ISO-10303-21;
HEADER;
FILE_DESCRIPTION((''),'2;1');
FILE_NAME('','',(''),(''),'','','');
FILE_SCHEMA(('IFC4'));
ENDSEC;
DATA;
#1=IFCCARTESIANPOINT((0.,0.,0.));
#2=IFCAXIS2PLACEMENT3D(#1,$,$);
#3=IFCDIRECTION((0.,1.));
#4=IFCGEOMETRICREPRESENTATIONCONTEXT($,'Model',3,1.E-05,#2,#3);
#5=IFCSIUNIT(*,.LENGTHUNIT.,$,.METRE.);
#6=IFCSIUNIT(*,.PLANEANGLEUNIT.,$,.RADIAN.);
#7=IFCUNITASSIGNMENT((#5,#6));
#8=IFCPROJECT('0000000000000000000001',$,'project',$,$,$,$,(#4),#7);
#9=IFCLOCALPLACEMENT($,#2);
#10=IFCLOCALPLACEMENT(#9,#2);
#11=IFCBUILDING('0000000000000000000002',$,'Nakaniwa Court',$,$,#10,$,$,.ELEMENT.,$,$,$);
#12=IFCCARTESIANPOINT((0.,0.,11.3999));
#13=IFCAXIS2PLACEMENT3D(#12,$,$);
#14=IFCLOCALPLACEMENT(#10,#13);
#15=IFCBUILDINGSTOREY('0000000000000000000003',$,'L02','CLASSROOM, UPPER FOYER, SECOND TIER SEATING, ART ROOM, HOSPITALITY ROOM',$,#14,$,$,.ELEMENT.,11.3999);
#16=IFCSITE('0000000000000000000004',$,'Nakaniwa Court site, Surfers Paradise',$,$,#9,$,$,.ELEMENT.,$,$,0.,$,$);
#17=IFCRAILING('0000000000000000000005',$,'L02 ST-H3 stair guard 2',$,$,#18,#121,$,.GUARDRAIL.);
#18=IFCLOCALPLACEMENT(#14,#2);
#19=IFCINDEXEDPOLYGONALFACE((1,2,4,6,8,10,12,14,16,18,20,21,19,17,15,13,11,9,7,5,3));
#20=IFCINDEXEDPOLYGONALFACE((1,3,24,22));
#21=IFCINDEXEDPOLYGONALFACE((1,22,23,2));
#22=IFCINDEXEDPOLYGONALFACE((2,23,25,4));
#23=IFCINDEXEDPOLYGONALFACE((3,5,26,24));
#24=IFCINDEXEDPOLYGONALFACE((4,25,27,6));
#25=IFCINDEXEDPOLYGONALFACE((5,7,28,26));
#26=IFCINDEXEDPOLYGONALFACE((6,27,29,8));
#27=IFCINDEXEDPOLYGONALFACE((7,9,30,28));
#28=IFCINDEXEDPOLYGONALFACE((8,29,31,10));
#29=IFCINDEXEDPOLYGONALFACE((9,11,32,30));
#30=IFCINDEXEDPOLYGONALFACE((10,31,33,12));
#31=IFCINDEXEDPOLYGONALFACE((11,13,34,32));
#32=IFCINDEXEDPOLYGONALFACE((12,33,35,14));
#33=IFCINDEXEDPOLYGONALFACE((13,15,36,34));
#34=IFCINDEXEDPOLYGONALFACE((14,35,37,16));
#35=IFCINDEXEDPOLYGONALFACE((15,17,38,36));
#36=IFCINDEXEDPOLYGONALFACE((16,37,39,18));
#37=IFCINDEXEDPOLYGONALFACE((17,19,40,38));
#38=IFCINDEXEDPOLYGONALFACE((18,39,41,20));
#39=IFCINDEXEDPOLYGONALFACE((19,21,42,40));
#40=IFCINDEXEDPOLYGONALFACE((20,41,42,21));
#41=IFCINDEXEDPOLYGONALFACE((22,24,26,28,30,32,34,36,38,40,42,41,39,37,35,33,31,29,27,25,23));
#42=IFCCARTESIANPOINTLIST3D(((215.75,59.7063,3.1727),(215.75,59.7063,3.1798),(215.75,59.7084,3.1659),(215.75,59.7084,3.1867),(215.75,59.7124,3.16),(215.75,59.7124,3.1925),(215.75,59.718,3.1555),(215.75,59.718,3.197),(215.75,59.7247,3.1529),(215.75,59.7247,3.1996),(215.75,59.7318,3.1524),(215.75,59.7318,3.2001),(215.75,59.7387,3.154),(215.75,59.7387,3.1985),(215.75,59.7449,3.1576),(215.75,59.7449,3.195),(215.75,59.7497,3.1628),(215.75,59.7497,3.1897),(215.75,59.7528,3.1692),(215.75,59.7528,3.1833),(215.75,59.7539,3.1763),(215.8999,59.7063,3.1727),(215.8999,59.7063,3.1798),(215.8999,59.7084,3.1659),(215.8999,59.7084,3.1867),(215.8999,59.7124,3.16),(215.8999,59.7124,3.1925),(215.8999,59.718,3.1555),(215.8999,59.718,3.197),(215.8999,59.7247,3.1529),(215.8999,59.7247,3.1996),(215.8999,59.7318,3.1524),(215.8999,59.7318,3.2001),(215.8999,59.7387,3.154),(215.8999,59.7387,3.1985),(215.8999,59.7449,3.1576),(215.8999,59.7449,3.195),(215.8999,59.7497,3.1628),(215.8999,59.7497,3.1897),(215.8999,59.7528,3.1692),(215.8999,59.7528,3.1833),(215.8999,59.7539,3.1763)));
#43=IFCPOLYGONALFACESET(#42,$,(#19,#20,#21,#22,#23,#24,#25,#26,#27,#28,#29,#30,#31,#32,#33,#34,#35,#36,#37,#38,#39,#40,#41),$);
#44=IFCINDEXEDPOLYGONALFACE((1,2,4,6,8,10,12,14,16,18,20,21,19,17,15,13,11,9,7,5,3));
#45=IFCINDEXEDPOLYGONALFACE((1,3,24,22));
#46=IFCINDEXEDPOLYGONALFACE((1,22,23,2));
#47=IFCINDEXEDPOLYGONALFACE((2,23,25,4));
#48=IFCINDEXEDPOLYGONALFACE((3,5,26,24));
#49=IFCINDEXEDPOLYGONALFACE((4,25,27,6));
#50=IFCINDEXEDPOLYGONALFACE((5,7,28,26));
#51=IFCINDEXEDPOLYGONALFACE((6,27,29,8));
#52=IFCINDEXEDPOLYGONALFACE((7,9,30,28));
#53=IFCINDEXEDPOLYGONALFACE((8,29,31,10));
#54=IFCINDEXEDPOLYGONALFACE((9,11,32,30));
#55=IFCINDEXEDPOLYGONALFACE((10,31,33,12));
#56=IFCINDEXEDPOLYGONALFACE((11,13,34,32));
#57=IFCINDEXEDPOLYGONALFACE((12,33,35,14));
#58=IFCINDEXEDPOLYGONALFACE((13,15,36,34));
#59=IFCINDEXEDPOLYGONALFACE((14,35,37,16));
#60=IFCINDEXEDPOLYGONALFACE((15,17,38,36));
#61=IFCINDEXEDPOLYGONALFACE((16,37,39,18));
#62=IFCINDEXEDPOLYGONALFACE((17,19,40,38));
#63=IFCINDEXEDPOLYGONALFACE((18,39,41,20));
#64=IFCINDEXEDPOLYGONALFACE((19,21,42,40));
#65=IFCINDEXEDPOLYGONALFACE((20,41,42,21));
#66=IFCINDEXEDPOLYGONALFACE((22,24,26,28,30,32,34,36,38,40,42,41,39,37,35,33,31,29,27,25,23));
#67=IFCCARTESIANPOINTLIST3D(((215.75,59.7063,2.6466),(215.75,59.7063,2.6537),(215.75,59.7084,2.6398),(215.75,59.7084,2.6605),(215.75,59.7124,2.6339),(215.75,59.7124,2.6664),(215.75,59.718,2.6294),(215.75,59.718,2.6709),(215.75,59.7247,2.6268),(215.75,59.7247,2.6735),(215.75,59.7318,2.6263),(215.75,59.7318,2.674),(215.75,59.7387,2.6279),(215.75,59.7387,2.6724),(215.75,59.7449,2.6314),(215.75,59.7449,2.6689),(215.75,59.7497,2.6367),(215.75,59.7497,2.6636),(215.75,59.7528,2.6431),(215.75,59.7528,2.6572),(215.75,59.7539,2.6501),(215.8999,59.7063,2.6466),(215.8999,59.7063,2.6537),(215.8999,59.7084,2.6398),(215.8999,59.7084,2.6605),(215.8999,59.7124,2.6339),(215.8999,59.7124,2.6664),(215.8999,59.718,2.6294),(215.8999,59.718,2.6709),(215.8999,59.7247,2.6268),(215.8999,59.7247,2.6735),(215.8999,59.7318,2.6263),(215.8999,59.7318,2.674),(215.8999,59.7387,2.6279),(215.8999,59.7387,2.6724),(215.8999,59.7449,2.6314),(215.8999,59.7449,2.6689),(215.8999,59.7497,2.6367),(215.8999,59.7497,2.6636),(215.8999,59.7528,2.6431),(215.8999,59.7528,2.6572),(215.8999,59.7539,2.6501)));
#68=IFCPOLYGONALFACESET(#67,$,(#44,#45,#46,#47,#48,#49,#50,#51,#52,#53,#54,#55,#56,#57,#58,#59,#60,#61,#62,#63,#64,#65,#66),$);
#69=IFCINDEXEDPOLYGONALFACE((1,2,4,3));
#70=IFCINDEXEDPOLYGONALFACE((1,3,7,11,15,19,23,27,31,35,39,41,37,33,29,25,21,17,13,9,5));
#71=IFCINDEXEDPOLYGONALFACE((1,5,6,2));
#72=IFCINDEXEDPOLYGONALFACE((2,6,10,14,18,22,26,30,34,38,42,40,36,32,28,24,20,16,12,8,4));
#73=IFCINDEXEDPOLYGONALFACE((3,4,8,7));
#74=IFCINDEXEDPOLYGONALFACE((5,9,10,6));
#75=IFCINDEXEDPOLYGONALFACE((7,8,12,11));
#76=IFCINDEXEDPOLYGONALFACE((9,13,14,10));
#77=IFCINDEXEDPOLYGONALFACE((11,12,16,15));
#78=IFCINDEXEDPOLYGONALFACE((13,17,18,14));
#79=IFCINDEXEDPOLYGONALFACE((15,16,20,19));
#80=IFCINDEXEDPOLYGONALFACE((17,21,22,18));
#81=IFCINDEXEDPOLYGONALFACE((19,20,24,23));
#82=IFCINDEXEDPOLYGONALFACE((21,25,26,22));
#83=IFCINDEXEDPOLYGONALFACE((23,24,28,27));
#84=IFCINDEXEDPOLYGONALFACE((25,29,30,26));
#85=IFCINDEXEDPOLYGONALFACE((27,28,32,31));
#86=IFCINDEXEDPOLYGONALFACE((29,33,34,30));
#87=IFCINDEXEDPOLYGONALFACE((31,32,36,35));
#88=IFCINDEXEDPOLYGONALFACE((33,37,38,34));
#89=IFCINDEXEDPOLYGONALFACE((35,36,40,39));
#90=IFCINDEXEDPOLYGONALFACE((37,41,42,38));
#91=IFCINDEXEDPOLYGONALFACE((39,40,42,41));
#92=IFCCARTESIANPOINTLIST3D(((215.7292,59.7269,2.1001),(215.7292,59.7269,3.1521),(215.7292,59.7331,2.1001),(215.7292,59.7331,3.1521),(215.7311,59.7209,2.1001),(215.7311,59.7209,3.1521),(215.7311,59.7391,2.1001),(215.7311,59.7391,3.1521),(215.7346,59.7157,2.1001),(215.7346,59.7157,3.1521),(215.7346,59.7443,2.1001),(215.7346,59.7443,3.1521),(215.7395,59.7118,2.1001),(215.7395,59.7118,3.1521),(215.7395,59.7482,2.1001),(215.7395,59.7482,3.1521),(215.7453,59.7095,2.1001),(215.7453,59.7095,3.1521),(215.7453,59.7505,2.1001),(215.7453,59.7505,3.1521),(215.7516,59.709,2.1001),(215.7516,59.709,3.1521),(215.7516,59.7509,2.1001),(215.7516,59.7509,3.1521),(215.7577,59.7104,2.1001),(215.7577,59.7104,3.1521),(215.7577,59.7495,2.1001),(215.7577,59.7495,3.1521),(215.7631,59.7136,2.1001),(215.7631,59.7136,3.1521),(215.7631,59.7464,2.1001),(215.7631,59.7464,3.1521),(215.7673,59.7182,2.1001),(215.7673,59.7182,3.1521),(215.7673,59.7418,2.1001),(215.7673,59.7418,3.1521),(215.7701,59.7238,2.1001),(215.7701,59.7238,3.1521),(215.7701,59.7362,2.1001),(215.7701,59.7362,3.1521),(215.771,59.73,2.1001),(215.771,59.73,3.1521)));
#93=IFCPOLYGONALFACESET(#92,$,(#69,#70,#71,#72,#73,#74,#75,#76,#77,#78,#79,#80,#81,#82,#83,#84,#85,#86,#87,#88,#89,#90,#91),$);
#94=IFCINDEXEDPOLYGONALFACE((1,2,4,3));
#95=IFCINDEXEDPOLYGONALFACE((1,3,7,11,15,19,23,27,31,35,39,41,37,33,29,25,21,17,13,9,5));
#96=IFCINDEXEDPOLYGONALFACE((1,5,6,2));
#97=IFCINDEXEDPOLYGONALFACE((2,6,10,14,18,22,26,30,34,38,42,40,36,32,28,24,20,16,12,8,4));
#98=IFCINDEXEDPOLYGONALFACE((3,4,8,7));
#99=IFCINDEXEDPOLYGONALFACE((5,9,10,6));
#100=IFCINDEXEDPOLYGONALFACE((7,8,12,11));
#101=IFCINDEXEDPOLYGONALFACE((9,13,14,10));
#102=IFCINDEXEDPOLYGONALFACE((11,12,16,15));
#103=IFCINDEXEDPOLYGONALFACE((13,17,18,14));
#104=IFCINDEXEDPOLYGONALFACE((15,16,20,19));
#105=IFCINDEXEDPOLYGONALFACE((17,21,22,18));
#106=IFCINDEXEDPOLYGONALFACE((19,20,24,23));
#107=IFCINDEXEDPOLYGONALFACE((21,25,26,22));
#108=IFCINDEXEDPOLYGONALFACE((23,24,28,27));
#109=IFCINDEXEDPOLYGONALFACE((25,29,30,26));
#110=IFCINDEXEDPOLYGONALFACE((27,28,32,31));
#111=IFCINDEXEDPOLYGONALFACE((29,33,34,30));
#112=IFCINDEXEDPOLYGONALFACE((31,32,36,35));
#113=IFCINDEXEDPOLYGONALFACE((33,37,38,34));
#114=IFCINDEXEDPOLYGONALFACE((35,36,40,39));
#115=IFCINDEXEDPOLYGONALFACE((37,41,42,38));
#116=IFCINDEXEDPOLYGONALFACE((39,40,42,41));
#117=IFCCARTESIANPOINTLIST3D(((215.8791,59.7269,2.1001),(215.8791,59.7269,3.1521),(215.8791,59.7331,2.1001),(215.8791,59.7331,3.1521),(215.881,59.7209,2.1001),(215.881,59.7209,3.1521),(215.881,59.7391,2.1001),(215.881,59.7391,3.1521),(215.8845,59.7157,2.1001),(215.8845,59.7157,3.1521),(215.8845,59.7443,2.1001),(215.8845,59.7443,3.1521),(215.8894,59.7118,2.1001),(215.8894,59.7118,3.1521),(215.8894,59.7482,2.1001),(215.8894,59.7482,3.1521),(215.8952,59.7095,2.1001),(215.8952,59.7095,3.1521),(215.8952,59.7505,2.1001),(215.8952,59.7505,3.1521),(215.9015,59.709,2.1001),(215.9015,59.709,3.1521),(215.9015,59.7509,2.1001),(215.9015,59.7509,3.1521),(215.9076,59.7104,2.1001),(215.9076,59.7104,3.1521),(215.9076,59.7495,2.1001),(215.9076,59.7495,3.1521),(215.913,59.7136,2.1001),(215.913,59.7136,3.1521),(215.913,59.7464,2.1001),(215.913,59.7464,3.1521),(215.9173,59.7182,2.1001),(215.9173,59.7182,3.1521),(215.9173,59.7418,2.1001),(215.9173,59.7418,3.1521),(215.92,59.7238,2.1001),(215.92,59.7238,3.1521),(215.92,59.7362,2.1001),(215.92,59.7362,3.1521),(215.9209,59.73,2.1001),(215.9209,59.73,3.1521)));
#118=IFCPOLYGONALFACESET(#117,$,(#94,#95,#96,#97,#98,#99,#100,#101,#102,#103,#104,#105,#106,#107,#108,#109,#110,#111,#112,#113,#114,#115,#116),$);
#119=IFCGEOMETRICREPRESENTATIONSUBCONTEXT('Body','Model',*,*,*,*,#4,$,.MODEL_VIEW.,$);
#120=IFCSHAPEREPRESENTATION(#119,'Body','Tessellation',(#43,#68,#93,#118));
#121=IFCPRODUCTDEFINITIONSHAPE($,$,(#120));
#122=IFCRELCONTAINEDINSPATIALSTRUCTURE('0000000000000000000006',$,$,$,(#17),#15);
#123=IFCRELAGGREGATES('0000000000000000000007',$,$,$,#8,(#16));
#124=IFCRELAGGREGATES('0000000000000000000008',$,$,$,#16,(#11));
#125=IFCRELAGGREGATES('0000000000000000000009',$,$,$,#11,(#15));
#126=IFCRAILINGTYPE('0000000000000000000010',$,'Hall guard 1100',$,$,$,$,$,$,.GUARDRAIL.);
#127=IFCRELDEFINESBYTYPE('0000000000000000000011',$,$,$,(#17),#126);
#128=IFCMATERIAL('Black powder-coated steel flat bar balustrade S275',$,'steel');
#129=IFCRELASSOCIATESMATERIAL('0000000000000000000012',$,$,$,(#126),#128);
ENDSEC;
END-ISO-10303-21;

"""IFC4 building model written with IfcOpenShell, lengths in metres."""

from ifc_helpers import new_model, si_unit, direction, frame, origin, origin_2d, place, context, subcontext, project, spatial, circle, extrude, material, type_object, element, save


model = new_model("IFC4")

# Units and contexts
model_context = context("Model", 3, precision=1e-05, world=origin(), true_north=direction((0.0, 1.0)))
body_context = subcontext(model_context, "Body", "Model", "MODEL_VIEW")
ifc_project = project(units=[si_unit("LENGTHUNIT", "METRE"), si_unit("PLANEANGLEUNIT", "RADIAN")], contexts=[model_context])

# Site, building, storey
site_placement = place(None, origin())
site = spatial("IfcSite", under=ifc_project, at=site_placement, Name="Nakaniwa Court site, Surfers Paradise", CompositionType="ELEMENT", RefElevation=0.0)
building_placement = place(site_placement, origin())
building = spatial("IfcBuilding", under=site, at=building_placement, Name="Nakaniwa Court", CompositionType="ELEMENT")
storey_placement = place(building_placement, frame((0.0, 0.0, 11.3999)))
storey = spatial("IfcBuildingStorey", under=building, at=storey_placement, Name="L02", Description="CLASSROOM, UPPER FOYER, SECOND TIER SEATING, ART ROOM, HOSPITALITY ROOM", CompositionType="ELEMENT", Elevation=11.3999)

# Railing
ifc_material_1 = material(Name="Black powder-coated steel flat bar balustrade S275", Category="steel")
railing_type_1 = type_object("IfcRailingType", Name="Hall guard 1100", PredefinedType="GUARDRAIL", material=ifc_material_1)
railing_1_placement = place(storey_placement, frame((215.75, 59.73, 2.1001)))
element("IfcRailing", 1, at=railing_1_placement, inside=storey, type_object=railing_type_1, Name="L02 ST-H3 stair guard 2", PredefinedType="GUARDRAIL", context=body_context, shape_type="SweptSolid", body=[
    extrude(circle(Radius=0.0239, at=origin_2d()), frame((0.0, 0.0, 1.0762), z_axis=(1.0, 0.0, 0.0), x_axis=(0.0, 1.0, 0.0)), (0.0, 0.0, 1.0), 0.1499),
    extrude(circle(Radius=0.0239, at=origin_2d()), frame((0.0, 0.0, 0.55), z_axis=(1.0, 0.0, 0.0), x_axis=(0.0, 1.0, 0.0)), (0.0, 0.0, 1.0), 0.1499),
    extrude(circle(Radius=0.021, at=origin_2d()), origin(), (0.0, 0.0, 1.0), 1.052),
    extrude(circle(Radius=0.021, at=origin_2d()), frame((0.1499, 0.0, 0.0)), (0.0, 0.0, 1.0), 1.052),
])

save(model, "model.ifc")
